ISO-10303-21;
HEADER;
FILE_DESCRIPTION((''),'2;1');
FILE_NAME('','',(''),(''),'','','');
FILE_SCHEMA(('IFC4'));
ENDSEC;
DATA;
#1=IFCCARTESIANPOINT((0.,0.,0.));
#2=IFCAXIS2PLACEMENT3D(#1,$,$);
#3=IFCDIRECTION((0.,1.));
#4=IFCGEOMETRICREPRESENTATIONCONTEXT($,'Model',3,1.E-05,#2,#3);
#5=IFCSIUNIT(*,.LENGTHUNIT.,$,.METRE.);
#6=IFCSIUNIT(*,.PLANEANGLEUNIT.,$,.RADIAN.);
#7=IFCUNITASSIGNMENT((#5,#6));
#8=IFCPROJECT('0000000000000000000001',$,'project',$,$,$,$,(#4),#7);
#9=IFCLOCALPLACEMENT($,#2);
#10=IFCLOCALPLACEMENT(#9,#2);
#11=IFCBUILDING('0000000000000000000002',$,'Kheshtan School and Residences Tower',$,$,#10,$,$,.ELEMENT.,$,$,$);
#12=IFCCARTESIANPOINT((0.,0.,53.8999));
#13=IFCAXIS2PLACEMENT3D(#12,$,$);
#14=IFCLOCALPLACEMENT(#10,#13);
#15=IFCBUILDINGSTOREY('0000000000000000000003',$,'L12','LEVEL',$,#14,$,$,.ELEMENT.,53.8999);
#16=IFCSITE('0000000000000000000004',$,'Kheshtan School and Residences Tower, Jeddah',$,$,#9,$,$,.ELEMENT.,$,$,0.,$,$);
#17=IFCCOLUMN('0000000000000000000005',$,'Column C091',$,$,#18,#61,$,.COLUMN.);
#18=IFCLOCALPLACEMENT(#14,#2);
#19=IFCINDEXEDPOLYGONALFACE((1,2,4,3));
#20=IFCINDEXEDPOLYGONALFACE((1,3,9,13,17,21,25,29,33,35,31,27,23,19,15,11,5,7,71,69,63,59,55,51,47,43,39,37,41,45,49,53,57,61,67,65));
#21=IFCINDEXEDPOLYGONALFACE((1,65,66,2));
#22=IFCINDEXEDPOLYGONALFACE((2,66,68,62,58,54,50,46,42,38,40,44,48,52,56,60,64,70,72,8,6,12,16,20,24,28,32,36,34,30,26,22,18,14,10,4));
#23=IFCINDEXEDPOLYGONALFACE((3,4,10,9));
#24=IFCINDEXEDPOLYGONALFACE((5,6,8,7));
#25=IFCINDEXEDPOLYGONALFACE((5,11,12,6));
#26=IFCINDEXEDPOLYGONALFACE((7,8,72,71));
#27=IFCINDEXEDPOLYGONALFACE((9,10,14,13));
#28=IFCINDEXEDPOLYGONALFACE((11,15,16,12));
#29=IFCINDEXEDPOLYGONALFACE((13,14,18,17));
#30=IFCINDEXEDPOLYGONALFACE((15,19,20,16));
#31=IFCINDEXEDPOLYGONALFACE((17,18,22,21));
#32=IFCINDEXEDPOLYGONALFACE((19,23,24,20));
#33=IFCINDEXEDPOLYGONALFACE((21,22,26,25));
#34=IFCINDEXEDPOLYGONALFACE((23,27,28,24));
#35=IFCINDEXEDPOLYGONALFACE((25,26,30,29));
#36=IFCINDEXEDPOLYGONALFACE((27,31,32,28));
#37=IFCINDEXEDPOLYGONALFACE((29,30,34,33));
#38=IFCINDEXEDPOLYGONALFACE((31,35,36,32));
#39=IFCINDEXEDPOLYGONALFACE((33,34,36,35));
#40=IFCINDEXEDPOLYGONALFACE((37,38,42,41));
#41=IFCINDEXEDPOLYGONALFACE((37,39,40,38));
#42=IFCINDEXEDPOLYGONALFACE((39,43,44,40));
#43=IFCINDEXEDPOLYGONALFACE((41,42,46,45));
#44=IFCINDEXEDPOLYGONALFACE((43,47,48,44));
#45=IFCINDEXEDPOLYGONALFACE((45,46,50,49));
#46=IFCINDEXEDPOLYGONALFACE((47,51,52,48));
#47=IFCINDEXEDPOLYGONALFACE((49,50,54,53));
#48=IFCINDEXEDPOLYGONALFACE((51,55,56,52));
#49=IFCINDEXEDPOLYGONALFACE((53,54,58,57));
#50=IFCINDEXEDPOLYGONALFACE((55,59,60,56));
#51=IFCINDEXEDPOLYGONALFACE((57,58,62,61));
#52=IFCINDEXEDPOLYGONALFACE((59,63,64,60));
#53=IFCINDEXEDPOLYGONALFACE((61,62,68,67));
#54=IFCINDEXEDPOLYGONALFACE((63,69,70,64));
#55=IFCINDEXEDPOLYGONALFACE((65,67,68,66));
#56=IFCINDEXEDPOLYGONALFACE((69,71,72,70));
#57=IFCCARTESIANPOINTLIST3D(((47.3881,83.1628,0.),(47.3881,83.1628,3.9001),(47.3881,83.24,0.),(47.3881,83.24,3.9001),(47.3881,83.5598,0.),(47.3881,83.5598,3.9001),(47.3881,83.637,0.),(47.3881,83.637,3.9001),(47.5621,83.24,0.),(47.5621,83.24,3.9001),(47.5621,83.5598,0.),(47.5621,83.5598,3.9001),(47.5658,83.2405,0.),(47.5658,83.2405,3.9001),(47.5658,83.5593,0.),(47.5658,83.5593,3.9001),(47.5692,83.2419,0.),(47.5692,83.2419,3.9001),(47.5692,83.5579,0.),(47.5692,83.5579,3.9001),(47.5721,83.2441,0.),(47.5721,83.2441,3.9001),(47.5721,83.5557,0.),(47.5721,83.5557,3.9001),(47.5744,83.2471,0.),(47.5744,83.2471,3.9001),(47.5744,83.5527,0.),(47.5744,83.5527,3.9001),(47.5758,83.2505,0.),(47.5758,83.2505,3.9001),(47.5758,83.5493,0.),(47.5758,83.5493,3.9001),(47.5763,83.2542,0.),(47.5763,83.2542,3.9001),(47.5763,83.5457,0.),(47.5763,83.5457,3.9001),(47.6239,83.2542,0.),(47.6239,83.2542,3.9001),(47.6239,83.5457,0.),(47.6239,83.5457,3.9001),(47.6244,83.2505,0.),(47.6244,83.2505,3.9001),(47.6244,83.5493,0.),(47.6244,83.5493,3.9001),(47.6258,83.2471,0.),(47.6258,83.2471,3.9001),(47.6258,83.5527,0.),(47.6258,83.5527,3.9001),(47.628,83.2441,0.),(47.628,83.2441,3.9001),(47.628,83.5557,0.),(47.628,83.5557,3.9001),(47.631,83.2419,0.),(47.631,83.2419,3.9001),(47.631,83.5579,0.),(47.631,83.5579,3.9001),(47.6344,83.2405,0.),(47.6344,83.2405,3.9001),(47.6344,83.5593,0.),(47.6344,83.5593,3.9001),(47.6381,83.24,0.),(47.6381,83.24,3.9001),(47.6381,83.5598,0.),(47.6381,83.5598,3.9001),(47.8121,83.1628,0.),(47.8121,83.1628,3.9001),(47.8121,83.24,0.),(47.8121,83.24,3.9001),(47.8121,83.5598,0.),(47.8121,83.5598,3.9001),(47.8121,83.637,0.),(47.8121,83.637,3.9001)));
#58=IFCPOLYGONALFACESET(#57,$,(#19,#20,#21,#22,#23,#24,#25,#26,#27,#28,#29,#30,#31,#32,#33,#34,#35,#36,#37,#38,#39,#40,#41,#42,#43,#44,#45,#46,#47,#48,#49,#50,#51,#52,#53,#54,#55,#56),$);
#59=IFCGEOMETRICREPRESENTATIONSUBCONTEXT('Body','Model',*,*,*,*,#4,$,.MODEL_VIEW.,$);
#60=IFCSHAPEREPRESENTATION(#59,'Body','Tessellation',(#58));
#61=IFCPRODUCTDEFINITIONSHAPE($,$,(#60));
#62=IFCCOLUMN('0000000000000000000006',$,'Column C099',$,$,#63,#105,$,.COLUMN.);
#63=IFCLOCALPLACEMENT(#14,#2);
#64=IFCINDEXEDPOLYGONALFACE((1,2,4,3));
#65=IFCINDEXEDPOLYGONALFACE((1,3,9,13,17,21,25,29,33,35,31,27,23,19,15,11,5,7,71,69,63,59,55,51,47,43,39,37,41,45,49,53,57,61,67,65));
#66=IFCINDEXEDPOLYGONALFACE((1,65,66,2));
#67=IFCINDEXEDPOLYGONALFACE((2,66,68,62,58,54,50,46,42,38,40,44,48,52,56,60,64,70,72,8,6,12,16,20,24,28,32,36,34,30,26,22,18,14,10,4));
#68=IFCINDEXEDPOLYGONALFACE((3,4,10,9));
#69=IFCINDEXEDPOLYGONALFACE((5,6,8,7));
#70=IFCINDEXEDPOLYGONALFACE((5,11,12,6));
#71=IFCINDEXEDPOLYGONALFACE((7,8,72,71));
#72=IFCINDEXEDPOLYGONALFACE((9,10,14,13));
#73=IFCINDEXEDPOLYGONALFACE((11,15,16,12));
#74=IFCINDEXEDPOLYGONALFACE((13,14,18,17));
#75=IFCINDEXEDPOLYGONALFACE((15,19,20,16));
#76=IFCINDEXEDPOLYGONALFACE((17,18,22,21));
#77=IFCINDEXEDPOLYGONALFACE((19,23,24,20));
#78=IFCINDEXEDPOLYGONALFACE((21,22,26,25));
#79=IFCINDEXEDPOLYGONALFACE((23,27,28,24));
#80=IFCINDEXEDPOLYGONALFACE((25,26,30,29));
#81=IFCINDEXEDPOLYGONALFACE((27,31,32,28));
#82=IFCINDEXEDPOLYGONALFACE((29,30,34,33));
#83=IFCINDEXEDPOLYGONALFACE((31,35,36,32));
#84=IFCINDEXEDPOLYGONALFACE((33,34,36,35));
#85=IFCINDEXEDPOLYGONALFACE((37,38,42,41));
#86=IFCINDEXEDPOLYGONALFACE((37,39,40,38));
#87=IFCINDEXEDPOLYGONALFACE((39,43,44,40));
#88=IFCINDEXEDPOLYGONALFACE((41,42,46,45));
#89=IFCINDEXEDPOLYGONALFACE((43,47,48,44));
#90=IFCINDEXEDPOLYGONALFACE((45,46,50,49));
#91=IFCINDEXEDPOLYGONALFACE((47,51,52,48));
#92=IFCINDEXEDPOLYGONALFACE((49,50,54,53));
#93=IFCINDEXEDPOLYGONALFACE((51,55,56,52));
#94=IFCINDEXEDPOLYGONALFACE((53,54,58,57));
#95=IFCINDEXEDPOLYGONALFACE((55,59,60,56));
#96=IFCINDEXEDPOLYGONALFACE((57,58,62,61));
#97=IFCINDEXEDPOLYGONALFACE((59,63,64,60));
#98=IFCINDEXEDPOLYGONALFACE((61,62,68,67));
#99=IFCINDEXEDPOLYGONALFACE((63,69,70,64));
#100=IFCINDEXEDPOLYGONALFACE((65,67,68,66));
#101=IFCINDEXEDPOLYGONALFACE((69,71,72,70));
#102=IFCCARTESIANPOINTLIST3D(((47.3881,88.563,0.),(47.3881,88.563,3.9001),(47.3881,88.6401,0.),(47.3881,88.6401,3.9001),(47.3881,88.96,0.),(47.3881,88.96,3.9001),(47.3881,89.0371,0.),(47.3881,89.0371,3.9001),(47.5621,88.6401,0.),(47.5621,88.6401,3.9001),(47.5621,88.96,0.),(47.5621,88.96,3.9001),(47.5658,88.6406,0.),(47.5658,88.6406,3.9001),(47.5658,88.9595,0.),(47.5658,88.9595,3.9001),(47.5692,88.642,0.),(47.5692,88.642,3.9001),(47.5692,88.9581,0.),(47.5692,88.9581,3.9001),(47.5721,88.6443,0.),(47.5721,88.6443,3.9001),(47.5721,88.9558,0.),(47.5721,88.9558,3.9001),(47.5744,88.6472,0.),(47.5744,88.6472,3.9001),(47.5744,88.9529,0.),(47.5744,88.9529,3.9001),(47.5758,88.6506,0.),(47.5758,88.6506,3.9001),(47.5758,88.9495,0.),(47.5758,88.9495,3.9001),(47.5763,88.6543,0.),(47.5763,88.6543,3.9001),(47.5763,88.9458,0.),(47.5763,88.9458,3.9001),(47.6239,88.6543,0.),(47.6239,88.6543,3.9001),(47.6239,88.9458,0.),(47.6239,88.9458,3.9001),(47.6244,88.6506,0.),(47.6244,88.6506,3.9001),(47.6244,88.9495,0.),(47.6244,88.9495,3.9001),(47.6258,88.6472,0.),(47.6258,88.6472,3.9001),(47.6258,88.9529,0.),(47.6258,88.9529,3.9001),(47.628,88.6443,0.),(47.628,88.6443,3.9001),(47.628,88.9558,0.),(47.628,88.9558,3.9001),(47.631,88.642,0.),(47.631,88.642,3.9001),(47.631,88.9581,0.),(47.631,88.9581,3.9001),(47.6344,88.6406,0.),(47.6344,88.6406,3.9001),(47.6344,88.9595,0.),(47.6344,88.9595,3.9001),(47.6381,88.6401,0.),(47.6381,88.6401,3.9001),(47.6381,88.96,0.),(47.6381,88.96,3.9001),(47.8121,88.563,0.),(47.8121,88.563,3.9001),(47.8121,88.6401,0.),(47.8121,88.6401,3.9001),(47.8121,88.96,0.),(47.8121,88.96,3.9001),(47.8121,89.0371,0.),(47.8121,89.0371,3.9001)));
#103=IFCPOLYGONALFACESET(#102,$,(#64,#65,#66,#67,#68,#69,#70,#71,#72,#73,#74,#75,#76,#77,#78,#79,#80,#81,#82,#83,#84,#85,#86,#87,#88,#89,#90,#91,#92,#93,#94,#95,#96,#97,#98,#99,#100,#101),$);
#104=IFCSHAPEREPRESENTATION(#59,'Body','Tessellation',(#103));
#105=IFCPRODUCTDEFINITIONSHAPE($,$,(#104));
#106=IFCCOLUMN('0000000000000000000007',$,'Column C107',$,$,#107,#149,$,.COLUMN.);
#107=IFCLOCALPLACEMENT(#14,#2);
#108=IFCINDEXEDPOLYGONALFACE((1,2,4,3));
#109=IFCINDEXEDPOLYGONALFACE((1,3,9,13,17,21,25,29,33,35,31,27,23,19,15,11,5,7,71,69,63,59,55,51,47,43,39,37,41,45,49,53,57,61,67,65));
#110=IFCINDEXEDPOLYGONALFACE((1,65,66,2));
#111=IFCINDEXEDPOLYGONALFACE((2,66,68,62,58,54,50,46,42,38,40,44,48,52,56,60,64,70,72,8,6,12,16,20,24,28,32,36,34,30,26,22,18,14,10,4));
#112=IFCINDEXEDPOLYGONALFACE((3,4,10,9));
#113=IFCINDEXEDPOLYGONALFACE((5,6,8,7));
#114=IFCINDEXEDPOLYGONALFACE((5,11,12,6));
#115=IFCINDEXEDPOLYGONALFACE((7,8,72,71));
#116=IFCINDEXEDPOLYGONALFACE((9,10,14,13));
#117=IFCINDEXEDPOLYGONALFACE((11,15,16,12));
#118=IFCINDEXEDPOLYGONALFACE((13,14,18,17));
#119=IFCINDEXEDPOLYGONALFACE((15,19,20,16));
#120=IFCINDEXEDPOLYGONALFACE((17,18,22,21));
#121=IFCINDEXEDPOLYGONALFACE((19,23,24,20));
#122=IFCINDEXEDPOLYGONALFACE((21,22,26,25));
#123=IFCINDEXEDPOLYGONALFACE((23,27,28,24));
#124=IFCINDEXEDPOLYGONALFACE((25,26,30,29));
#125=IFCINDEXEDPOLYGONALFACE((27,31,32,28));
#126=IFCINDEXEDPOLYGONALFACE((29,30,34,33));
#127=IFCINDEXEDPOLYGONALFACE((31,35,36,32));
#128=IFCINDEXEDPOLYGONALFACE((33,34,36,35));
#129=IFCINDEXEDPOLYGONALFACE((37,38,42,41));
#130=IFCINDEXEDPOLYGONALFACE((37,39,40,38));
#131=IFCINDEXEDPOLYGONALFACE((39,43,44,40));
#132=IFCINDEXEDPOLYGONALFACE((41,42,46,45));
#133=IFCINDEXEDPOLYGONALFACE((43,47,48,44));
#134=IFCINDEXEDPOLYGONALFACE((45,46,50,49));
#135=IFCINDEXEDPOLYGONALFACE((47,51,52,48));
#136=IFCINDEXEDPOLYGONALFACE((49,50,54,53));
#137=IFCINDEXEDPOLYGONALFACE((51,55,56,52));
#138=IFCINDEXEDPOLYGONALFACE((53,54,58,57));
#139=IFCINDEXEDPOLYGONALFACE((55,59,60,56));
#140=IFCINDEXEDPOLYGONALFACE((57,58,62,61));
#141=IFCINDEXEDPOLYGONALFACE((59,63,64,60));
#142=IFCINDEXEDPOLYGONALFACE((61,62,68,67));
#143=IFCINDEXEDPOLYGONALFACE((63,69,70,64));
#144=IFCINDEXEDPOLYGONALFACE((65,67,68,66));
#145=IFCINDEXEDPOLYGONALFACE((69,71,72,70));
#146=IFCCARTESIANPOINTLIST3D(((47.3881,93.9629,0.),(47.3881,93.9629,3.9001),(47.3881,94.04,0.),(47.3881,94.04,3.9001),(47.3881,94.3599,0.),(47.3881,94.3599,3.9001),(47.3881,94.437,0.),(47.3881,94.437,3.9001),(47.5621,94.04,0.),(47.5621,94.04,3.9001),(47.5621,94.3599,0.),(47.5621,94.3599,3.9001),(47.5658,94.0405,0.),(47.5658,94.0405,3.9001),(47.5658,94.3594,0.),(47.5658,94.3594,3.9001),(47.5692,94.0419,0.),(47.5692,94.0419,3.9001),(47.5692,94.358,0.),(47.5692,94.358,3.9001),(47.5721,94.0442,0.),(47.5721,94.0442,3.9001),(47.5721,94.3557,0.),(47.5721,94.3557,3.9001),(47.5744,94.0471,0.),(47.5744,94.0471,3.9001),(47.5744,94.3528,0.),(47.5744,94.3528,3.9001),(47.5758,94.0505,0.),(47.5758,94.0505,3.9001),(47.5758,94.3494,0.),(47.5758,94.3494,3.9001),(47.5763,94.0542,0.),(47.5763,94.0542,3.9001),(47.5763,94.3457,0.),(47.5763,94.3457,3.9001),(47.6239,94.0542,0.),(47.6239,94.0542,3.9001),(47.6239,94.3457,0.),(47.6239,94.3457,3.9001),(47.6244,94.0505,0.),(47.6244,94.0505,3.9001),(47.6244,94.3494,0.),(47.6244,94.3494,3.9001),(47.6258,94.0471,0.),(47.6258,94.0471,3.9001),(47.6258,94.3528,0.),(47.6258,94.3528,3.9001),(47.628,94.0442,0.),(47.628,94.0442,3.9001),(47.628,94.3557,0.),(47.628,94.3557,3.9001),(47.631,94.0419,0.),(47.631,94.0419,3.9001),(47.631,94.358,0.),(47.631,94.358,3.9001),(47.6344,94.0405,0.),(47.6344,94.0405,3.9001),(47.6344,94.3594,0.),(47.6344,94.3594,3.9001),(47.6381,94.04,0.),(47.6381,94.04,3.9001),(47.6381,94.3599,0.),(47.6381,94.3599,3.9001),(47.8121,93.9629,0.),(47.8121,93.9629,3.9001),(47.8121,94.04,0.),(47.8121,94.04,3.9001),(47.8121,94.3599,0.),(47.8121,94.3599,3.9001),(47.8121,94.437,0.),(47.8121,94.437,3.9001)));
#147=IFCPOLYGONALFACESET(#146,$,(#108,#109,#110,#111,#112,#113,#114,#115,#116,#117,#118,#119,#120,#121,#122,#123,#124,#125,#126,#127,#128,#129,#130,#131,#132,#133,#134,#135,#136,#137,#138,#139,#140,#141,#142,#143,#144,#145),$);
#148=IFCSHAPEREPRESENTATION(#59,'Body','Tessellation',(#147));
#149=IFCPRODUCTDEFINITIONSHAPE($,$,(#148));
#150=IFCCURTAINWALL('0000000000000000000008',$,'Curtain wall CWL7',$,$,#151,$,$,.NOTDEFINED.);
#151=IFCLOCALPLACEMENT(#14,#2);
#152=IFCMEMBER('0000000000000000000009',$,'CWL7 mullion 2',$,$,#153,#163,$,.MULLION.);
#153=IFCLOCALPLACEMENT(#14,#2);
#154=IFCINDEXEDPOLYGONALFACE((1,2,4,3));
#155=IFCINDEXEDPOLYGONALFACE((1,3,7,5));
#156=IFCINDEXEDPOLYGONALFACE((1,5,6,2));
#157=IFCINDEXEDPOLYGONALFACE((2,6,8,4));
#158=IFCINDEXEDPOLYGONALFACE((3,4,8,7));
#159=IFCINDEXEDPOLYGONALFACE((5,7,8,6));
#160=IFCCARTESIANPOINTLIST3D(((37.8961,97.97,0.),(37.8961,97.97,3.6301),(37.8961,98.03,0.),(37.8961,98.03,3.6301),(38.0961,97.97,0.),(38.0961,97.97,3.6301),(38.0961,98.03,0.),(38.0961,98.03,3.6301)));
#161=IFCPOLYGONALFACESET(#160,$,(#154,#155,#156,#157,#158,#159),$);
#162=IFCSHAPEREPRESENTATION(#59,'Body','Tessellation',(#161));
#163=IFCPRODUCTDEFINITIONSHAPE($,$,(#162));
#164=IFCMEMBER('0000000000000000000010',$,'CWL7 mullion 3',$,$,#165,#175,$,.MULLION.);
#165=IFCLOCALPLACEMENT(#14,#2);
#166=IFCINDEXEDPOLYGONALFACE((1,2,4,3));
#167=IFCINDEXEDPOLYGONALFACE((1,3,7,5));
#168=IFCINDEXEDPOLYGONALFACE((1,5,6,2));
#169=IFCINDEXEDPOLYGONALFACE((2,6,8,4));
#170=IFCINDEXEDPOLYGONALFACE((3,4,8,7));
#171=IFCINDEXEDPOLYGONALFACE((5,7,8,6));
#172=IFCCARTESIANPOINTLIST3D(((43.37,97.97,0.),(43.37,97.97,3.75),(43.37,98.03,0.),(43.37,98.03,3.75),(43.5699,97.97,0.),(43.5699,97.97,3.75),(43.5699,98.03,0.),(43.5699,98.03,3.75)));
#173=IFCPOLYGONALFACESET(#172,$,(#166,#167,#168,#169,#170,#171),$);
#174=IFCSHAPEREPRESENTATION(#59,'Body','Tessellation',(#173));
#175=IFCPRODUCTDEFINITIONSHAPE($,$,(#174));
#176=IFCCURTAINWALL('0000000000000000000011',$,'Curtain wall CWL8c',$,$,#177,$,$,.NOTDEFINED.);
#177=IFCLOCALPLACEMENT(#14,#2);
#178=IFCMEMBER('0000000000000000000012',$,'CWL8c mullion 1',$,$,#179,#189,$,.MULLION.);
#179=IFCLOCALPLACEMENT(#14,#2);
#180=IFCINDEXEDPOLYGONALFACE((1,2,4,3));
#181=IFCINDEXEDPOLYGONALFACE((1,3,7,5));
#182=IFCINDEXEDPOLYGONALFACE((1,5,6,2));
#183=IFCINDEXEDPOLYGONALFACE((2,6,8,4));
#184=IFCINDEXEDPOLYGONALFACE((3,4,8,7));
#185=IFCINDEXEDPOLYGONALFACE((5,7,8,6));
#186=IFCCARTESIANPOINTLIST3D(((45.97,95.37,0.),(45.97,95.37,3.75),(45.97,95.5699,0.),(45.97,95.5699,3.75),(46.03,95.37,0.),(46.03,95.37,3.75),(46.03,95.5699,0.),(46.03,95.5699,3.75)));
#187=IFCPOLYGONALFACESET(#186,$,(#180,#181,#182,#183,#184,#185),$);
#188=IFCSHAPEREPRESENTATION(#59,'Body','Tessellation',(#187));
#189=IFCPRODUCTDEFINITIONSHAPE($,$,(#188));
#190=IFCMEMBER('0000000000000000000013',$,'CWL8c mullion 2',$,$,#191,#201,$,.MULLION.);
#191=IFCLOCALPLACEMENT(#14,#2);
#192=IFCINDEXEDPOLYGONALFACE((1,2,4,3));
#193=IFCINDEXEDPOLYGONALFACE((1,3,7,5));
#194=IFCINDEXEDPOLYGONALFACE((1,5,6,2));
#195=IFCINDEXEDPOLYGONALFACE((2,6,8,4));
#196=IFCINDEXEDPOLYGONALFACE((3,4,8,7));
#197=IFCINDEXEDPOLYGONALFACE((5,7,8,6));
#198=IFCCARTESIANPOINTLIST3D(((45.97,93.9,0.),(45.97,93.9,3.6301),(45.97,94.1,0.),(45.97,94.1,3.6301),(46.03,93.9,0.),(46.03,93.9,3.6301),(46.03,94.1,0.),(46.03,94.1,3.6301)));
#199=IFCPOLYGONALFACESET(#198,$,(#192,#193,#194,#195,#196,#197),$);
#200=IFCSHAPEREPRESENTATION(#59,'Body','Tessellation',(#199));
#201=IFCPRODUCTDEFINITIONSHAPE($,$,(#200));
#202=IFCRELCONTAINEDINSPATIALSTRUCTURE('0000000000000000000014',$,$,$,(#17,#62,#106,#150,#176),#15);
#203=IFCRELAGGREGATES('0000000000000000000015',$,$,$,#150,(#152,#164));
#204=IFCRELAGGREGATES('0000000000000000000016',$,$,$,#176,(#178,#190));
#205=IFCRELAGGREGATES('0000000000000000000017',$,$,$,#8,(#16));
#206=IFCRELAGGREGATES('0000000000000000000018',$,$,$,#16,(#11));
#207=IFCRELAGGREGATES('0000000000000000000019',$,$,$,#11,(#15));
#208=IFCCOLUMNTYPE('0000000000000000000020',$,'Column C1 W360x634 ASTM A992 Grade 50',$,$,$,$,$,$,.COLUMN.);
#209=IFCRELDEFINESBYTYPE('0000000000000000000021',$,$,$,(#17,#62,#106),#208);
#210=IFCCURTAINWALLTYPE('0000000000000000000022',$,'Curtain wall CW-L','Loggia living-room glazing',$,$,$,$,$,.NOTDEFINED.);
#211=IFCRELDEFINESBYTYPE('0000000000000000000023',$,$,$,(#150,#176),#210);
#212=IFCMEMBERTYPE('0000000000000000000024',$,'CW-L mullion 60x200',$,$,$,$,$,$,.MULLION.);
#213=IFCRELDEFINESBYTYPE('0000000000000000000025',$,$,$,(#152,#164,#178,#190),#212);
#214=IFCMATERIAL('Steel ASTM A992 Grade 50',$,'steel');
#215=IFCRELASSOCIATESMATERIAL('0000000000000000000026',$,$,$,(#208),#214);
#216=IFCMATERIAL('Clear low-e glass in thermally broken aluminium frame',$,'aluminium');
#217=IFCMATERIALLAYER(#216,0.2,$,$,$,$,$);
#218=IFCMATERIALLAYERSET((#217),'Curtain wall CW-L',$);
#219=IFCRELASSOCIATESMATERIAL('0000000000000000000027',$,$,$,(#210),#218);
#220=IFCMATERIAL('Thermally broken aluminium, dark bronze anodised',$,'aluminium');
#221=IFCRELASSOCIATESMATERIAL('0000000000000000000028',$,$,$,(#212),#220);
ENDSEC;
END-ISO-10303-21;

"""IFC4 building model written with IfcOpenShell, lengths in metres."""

from ifc_helpers import new_model, si_unit, direction, frame, origin, origin_2d, place, context, subcontext, project, spatial, rectangle, i_section, extrude, material, layer, layer_set, material_profile, profile_set, type_object, element, aggregate, save


model = new_model("IFC4")

# Units and contexts
model_context = context("Model", 3, precision=1e-05, world=origin(), true_north=direction((0.0, 1.0)))
body_context = subcontext(model_context, "Body", "Model", "MODEL_VIEW")
ifc_project = project(units=[si_unit("LENGTHUNIT", "METRE"), si_unit("PLANEANGLEUNIT", "RADIAN")], contexts=[model_context])

# Site, building, storey
site_placement = place(None, origin())
site = spatial("IfcSite", under=ifc_project, at=site_placement, Name="Kheshtan School and Residences Tower, Jeddah", CompositionType="ELEMENT", RefElevation=0.0)
building_placement = place(site_placement, origin())
building = spatial("IfcBuilding", under=site, at=building_placement, Name="Kheshtan School and Residences Tower", CompositionType="ELEMENT")
storey_placement = place(building_placement, frame((0.0, 0.0, 53.8999)))
storey = spatial("IfcBuildingStorey", under=building, at=storey_placement, Name="L12", Description="LEVEL", CompositionType="ELEMENT", Elevation=53.8999)

# Columns
ifc_material_1 = material(Name="Steel ASTM A992 Grade 50", Category="steel")
ifc_material_profile_1 = material_profile(ifc_material_1, i_section(OverallWidth=0.4241, OverallDepth=0.4741, WebThickness=0.0476, FlangeThickness=0.0771, FilletRadius=0.0142, at=origin_2d()), Name="W360x634")
ifc_profile_set_1 = profile_set([ifc_material_profile_1], Name="Steel ASTM A992 Grade 50")
column_type = type_object("IfcColumnType", Name="Column C1 W360x634 ASTM A992 Grade 50", PredefinedType="COLUMN", material=ifc_profile_set_1)
for number, where, z_axis, x_axis, name in (
    (1, (47.6001, 83.3999, 0.0), (0.0, 0.0, 1.0), (1.0, 0.0, 0.0), "Column C091"),
    (2, (47.6001, 88.8, 0.0), (0.0, 0.0, 1.0), (1.0, 0.0, 0.0), "Column C099"),
    (3, (47.6001, 94.2, 0.0), (0.0, 0.0, 1.0), (1.0, 0.0, 0.0), "Column C107"),
):
    element("IfcColumn", number, at=place(storey_placement, frame(where, z_axis=z_axis, x_axis=x_axis)), inside=storey, type_object=column_type, Name=name, PredefinedType="COLUMN", context=body_context, shape_type="SweptSolid", body=[
        extrude(i_section(OverallWidth=0.4241, OverallDepth=0.4741, WebThickness=0.0476, FlangeThickness=0.0771, FilletRadius=0.0142, at=origin_2d()), origin(), (0.0, 0.0, 1.0), 3.9001),
    ])

# Curtain walls, members
ifc_material_2 = material(Name="Clear low-e glass in thermally broken aluminium frame", Category="aluminium")
ifc_layer_1 = layer(ifc_material_2, 0.2)
ifc_layer_set_1 = layer_set([ifc_layer_1], Name="Curtain wall CW-L")
curtain_wall_type = type_object("IfcCurtainWallType", Name="Curtain wall CW-L", Description="Loggia living-room glazing", PredefinedType="NOTDEFINED", material=ifc_layer_set_1)
curtain_wall_1_placement = place(storey_placement, origin())
curtain_wall_1 = element("IfcCurtainWall", 4, at=curtain_wall_1_placement, inside=storey, type_object=curtain_wall_type, Name="Curtain wall CWL7", PredefinedType="NOTDEFINED")
ifc_material_3 = material(Name="Thermally broken aluminium, dark bronze anodised", Category="aluminium")
ifc_material_profile_2 = material_profile(ifc_material_3, rectangle(XDim=0.0601, YDim=0.2, at=origin_2d()), Name="CW-L mullion 60x200")
ifc_profile_set_2 = profile_set([ifc_material_profile_2], Name="Thermally broken aluminium, dark bronze anodised")
member_type_1 = type_object("IfcMemberType", Name="CW-L mullion 60x200", PredefinedType="MULLION", material=ifc_profile_set_2)
member_1_placement = place(storey_placement, frame((37.9961, 98.0, 0.0), z_axis=(0.0, 0.0, 1.0), x_axis=(0.0, 1.0, 0.0)))
member_1 = element("IfcMember", 5, at=member_1_placement, type_object=member_type_1, Name="CWL7 mullion 2", PredefinedType="MULLION", context=body_context, shape_type="SweptSolid", body=[
    extrude(rectangle(XDim=0.0601, YDim=0.2, at=origin_2d()), origin(), (0.0, 0.0, 1.0), 3.6301),
])
member_2_placement = place(storey_placement, frame((43.47, 98.0, 0.0), z_axis=(0.0, 0.0, 1.0), x_axis=(0.0, 1.0, 0.0)))
member_2 = element("IfcMember", 6, at=member_2_placement, type_object=member_type_1, Name="CWL7 mullion 3", PredefinedType="MULLION", context=body_context, shape_type="SweptSolid", body=[
    extrude(rectangle(XDim=0.0601, YDim=0.2, at=origin_2d()), origin(), (0.0, 0.0, 1.0), 3.75),
])
curtain_wall_2_placement = place(storey_placement, origin())
curtain_wall_2 = element("IfcCurtainWall", 7, at=curtain_wall_2_placement, inside=storey, type_object=curtain_wall_type, Name="Curtain wall CWL8c", PredefinedType="NOTDEFINED")
member_3_placement = place(storey_placement, frame((46.0, 95.47, 0.0), z_axis=(0.0, 0.0, 1.0), x_axis=(1.0, 0.0, 0.0)))
member_3 = element("IfcMember", 8, at=member_3_placement, type_object=member_type_1, Name="CWL8c mullion 1", PredefinedType="MULLION", context=body_context, shape_type="SweptSolid", body=[
    extrude(rectangle(XDim=0.0601, YDim=0.2, at=origin_2d()), origin(), (0.0, 0.0, 1.0), 3.75),
])
member_4_placement = place(storey_placement, frame((46.0, 94.0, 0.0), z_axis=(0.0, 0.0, 1.0), x_axis=(1.0, 0.0, 0.0)))
member_4 = element("IfcMember", 9, at=member_4_placement, type_object=member_type_1, Name="CWL8c mullion 2", PredefinedType="MULLION", context=body_context, shape_type="SweptSolid", body=[
    extrude(rectangle(XDim=0.0601, YDim=0.2, at=origin_2d()), origin(), (0.0, 0.0, 1.0), 3.6301),
])

aggregate(curtain_wall_1, [member_1, member_2])
aggregate(curtain_wall_2, [member_3, member_4])

save(model, "model.ifc")
